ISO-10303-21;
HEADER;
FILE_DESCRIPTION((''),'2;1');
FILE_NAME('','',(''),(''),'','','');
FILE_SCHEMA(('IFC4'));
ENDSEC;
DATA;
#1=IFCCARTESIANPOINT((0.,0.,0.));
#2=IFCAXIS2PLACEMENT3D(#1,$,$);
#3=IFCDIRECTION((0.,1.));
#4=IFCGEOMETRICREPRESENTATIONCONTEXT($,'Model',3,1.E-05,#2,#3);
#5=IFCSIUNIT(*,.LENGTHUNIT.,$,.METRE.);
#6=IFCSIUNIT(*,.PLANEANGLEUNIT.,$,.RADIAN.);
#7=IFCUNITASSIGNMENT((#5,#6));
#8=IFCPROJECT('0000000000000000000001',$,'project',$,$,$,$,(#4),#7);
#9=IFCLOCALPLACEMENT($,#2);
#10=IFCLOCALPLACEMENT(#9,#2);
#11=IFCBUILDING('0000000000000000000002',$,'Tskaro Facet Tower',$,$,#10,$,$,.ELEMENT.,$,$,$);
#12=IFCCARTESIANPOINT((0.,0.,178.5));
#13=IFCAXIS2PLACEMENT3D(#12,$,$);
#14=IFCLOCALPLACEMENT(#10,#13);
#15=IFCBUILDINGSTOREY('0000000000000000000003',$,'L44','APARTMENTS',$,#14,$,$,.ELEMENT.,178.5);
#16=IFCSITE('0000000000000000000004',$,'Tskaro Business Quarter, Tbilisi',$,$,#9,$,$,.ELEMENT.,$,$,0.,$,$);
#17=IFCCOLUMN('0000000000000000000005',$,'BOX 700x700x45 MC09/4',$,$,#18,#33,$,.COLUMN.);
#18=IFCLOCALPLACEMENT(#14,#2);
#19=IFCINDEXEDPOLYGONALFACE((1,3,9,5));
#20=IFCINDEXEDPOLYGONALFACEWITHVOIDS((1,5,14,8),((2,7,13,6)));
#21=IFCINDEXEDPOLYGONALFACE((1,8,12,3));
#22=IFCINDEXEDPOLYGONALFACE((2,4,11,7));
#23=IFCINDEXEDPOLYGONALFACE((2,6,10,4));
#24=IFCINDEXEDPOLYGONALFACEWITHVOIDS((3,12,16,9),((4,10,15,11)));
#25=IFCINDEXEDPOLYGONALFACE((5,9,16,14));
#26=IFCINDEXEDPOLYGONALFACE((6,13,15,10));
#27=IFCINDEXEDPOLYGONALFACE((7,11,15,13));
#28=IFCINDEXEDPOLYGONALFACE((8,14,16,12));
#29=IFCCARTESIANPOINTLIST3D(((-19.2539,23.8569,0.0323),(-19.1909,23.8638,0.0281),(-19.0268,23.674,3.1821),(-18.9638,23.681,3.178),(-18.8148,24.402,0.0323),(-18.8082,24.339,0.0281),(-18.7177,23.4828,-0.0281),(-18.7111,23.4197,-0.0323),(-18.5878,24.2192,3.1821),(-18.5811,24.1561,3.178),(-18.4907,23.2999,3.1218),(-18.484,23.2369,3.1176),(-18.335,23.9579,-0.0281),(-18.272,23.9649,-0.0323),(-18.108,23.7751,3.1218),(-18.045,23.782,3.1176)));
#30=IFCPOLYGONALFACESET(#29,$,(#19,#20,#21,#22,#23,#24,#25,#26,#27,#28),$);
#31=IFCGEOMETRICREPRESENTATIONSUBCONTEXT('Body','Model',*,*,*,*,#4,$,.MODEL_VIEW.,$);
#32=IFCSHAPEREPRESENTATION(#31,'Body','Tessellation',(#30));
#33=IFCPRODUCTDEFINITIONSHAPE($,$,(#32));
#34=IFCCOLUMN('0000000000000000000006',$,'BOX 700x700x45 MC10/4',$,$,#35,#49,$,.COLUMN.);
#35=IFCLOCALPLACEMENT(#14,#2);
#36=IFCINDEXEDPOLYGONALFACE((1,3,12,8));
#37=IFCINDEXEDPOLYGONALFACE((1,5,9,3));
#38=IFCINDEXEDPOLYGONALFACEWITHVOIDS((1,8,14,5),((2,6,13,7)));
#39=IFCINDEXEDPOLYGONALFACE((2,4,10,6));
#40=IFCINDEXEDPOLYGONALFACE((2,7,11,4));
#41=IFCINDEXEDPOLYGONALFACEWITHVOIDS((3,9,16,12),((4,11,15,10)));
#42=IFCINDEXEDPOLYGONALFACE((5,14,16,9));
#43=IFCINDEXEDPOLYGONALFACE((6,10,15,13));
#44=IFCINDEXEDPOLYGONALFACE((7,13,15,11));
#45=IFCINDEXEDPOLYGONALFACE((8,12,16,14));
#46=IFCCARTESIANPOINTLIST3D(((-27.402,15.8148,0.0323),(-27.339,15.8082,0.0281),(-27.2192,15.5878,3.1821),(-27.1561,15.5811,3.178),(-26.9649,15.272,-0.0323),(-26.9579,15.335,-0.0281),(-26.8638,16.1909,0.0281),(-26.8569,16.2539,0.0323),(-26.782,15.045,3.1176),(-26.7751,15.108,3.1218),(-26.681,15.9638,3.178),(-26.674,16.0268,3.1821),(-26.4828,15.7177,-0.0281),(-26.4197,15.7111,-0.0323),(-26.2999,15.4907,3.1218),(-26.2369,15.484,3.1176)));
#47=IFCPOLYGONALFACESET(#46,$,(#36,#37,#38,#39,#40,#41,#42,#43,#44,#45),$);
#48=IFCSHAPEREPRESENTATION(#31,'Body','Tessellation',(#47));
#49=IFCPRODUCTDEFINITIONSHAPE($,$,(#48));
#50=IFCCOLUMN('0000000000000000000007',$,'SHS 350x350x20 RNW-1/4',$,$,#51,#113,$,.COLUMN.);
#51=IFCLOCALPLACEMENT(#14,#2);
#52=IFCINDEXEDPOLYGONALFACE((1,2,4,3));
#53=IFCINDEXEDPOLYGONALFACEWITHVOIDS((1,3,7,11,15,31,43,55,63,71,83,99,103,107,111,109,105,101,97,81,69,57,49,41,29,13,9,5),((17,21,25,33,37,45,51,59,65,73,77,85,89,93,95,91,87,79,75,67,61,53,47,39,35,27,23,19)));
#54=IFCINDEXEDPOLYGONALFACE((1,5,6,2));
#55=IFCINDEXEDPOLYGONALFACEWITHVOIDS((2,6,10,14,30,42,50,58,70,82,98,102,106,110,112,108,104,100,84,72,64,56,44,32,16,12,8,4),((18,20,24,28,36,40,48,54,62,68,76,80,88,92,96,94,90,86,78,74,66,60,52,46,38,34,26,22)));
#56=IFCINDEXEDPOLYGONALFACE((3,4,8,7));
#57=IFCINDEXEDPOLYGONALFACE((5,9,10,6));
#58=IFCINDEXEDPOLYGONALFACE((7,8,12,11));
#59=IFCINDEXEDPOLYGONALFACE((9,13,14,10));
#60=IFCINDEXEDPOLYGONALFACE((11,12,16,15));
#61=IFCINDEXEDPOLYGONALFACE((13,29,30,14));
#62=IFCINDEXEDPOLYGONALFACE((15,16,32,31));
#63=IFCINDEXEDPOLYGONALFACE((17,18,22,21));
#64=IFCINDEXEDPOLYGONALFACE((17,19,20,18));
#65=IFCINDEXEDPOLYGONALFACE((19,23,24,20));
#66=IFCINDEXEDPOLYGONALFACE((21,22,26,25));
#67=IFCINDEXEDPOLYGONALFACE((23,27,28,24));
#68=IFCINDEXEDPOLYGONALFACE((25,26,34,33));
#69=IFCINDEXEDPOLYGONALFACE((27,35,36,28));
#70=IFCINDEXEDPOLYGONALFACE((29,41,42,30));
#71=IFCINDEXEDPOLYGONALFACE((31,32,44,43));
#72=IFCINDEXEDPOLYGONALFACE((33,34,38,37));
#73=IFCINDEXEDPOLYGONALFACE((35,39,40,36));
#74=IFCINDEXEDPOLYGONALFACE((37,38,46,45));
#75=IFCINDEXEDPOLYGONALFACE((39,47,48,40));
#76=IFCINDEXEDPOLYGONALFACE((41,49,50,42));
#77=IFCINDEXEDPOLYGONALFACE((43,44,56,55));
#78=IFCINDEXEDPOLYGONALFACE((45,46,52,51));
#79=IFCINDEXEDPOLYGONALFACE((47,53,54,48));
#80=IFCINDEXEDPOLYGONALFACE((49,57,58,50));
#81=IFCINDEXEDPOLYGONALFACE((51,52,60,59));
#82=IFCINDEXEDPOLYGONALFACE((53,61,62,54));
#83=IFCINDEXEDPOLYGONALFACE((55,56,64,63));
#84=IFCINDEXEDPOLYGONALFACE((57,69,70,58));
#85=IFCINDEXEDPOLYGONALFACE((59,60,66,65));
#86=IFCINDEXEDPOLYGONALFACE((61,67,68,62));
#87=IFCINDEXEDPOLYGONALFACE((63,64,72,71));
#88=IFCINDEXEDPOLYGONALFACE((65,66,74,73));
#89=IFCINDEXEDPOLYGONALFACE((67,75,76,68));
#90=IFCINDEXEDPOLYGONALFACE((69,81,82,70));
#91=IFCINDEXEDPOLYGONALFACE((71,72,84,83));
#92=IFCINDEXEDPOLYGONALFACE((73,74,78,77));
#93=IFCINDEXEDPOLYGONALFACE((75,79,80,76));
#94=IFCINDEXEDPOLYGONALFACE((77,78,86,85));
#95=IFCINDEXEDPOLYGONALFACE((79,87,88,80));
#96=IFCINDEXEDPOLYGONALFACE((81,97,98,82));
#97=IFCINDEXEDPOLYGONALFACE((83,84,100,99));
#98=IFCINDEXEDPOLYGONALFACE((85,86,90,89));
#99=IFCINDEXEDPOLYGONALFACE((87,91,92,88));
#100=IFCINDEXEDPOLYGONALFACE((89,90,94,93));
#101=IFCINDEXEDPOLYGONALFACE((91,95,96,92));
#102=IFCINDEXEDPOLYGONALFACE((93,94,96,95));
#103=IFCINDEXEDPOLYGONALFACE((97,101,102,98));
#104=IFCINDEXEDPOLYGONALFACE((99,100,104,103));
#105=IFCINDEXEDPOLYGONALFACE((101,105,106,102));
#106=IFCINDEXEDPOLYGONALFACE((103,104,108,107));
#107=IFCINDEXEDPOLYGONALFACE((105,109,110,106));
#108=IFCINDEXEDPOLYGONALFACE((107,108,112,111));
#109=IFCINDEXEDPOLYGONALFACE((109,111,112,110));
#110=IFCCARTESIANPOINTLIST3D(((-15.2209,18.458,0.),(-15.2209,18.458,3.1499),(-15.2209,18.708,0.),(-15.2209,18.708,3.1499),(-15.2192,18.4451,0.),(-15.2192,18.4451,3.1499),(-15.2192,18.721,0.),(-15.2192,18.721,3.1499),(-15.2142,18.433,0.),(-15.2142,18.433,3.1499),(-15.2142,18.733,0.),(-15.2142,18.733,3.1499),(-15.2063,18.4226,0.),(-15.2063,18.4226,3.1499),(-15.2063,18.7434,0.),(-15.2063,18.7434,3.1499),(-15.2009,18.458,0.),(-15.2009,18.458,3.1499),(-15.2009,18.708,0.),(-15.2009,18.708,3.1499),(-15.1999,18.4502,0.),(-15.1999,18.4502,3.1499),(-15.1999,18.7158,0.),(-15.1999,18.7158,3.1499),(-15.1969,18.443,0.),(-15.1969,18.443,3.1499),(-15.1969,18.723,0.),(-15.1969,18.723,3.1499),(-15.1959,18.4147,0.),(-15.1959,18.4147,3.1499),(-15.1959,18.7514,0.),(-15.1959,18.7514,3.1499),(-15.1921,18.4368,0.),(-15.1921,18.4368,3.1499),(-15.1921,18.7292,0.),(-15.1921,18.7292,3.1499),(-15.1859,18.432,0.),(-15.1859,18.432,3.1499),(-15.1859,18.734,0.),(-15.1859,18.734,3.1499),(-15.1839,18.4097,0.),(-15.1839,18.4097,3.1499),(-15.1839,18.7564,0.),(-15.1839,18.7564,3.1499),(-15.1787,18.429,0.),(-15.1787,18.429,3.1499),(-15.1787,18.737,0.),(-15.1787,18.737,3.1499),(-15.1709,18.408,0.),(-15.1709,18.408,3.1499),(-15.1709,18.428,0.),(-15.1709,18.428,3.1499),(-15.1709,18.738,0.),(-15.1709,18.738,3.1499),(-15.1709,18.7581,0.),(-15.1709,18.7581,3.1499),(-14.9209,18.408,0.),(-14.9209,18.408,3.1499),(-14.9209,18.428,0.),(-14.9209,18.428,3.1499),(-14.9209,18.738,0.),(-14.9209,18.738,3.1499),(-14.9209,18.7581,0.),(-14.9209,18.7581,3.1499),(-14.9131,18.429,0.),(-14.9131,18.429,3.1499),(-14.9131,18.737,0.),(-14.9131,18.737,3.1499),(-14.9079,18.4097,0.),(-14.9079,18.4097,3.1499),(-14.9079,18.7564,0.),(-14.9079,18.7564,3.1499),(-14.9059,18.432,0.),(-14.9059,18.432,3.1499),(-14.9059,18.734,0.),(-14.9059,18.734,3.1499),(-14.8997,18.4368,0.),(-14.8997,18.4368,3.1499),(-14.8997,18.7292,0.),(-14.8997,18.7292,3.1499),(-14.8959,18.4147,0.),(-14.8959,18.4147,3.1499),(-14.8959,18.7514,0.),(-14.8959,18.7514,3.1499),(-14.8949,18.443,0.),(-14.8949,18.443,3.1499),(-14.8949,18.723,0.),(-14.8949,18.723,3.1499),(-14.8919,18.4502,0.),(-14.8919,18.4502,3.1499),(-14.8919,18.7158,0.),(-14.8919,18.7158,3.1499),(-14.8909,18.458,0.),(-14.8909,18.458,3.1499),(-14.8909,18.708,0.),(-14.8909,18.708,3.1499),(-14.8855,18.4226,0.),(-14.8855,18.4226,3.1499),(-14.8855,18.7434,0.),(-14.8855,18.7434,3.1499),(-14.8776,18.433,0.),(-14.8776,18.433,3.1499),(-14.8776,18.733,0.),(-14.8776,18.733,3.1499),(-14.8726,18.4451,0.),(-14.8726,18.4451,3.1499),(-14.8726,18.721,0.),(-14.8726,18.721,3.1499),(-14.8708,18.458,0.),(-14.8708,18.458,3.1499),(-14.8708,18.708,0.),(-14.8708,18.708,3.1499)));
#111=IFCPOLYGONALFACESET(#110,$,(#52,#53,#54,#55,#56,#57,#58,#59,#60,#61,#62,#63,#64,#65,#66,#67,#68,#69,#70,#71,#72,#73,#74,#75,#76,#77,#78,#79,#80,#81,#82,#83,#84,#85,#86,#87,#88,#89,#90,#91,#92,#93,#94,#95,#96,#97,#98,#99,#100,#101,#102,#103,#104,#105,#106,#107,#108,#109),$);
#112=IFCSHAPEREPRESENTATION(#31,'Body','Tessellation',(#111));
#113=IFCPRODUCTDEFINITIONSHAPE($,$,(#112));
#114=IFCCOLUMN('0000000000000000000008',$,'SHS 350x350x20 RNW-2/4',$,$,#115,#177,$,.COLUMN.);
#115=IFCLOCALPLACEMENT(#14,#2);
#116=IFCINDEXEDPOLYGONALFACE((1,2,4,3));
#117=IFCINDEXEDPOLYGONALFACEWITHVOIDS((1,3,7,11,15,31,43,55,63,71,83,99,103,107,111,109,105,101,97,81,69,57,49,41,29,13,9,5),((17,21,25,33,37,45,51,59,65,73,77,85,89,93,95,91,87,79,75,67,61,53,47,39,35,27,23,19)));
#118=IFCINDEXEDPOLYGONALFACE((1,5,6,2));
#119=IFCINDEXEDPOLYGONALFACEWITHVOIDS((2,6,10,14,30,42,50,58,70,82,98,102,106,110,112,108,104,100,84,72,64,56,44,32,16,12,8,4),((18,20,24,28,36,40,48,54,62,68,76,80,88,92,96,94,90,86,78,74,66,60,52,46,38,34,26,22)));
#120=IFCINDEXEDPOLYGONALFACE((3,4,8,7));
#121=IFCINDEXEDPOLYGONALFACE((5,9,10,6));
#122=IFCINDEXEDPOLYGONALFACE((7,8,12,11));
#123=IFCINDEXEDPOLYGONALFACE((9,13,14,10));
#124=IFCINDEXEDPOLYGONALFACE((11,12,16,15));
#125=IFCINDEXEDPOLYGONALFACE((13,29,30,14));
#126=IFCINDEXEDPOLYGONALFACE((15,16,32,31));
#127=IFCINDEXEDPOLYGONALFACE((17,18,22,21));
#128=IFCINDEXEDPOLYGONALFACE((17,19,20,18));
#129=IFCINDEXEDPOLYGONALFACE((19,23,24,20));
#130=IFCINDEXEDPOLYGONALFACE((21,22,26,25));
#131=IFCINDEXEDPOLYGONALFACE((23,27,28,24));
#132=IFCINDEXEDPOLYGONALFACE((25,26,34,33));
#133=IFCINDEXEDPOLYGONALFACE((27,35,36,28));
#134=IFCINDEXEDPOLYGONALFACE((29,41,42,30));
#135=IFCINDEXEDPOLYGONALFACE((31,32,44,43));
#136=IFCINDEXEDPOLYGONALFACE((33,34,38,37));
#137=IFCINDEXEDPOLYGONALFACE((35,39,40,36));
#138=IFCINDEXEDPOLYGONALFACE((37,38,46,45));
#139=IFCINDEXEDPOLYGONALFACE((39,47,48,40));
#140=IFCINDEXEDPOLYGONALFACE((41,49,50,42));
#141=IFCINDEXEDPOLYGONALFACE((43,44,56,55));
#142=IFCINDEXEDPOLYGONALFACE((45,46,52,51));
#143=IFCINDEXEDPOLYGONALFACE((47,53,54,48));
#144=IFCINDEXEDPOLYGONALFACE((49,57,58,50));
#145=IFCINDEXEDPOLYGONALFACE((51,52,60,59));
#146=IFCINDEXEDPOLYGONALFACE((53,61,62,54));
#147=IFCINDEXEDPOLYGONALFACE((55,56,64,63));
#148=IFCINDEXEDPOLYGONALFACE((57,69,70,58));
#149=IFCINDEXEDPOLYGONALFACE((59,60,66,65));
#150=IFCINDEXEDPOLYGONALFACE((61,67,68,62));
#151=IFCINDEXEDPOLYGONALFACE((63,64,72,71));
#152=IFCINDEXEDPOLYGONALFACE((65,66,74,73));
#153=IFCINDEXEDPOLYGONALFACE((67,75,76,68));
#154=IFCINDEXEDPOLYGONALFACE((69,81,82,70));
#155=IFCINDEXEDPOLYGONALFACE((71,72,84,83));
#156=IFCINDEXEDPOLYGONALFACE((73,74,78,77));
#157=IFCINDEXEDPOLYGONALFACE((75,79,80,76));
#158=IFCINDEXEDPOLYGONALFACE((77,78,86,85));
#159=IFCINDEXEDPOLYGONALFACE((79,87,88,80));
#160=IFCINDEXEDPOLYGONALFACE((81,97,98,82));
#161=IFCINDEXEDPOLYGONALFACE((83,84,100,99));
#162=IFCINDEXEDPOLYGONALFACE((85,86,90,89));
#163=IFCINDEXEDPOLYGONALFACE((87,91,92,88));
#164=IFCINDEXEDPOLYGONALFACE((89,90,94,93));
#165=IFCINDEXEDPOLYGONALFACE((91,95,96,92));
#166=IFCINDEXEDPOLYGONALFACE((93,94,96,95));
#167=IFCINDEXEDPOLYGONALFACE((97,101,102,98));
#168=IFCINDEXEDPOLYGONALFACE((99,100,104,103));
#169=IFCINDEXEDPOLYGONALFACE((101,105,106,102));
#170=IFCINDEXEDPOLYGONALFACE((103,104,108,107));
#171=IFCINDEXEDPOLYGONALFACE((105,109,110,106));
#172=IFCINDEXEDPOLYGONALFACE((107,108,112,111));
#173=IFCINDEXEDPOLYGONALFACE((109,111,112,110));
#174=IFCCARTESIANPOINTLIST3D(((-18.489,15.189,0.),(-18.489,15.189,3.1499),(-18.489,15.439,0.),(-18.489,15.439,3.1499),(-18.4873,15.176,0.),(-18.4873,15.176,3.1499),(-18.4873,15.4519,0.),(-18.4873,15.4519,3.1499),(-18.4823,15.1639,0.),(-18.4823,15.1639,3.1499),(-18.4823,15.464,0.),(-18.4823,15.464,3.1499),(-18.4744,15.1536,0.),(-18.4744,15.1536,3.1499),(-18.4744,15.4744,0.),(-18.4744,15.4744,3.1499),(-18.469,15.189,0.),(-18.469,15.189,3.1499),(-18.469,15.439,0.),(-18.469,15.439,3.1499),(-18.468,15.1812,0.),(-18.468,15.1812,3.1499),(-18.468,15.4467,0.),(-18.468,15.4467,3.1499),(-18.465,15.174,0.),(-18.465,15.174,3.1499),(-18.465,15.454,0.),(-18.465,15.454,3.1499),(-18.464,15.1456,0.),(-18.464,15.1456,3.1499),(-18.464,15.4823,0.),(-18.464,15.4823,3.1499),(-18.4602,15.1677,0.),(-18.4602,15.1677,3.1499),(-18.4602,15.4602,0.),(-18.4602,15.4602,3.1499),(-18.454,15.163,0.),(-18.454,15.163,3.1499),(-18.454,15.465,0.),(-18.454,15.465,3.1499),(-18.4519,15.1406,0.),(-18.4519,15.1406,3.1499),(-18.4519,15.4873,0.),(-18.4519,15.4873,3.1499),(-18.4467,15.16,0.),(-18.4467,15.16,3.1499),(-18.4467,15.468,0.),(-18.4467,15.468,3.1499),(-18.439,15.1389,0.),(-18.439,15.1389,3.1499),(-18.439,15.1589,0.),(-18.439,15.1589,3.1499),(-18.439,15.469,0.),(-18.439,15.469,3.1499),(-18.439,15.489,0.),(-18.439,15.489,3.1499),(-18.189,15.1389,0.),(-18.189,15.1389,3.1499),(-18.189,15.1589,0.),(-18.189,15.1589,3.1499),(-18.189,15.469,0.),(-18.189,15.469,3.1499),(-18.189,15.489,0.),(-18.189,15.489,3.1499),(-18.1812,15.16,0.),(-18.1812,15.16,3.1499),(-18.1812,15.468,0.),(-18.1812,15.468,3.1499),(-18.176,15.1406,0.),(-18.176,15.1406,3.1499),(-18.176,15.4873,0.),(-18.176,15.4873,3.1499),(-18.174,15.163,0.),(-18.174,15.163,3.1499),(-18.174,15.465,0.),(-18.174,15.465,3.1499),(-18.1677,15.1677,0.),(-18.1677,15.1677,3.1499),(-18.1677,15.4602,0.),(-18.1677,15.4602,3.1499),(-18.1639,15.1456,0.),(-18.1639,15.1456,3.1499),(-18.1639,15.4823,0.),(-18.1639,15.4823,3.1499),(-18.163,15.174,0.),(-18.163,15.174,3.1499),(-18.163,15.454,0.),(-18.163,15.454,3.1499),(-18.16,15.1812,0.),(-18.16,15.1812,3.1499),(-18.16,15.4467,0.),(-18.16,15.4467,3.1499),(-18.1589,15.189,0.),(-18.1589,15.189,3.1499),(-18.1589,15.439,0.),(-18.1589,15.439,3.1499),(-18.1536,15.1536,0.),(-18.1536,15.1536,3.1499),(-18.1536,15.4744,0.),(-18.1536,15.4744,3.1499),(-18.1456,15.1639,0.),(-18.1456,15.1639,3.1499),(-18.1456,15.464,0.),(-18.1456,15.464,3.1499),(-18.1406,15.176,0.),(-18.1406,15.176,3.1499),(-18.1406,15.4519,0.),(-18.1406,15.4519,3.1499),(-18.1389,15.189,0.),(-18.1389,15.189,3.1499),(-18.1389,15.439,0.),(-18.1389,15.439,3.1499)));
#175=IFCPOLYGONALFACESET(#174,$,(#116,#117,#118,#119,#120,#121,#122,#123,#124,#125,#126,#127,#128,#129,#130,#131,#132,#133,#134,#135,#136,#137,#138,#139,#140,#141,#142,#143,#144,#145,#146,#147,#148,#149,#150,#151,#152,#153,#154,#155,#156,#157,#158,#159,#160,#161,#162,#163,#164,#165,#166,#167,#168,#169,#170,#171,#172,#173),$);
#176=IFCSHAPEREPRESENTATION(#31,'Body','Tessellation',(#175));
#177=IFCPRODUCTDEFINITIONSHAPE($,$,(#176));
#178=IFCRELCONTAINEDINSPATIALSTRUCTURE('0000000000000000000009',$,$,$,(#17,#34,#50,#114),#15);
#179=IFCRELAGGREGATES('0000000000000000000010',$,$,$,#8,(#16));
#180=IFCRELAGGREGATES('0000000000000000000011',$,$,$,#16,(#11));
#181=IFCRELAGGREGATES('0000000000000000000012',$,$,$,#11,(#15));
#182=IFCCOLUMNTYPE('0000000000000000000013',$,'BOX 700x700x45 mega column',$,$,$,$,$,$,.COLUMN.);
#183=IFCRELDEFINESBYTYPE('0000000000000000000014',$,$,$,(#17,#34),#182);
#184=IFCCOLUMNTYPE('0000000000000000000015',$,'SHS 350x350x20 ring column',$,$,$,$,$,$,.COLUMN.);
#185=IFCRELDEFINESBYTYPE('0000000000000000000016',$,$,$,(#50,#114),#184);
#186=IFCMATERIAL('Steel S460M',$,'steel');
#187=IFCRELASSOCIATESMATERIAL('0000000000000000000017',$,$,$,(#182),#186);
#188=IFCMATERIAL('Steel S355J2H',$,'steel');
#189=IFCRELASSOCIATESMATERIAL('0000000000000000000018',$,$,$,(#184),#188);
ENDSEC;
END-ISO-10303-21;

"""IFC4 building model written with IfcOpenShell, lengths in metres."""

from ifc_helpers import new_model, si_unit, direction, frame, origin, origin_2d, place, context, subcontext, project, spatial, hollow_rectangle, extrude, material, material_profile, profile_set, type_object, element, save


model = new_model("IFC4")

# Units and contexts
model_context = context("Model", 3, precision=1e-05, world=origin(), true_north=direction((0.0, 1.0)))
body_context = subcontext(model_context, "Body", "Model", "MODEL_VIEW")
ifc_project = project(units=[si_unit("LENGTHUNIT", "METRE"), si_unit("PLANEANGLEUNIT", "RADIAN")], contexts=[model_context])

# Site, building, storey
site_placement = place(None, origin())
site = spatial("IfcSite", under=ifc_project, at=site_placement, Name="Tskaro Business Quarter, Tbilisi", CompositionType="ELEMENT", RefElevation=0.0)
building_placement = place(site_placement, origin())
building = spatial("IfcBuilding", under=site, at=building_placement, Name="Tskaro Facet Tower", CompositionType="ELEMENT")
storey_placement = place(building_placement, frame((0.0, 0.0, 178.5)))
storey = spatial("IfcBuildingStorey", under=building, at=storey_placement, Name="L44", Description="APARTMENTS", CompositionType="ELEMENT", Elevation=178.5)

# Columns
ifc_material_1 = material(Name="Steel S460M", Category="steel")
ifc_material_profile_1 = material_profile(ifc_material_1, hollow_rectangle(XDim=0.7, YDim=0.7, WallThickness=0.0449, at=origin_2d()), Name="BOX 700x700x45")
ifc_profile_set_1 = profile_set([ifc_material_profile_1], Name="Steel S460M")
column_type_1 = type_object("IfcColumnType", Name="BOX 700x700x45 mega column", PredefinedType="COLUMN", material=ifc_profile_set_1)
for number, where, z_axis, x_axis, name in (
    (1, (-18.7629, 23.9109, 0.0), (0.071775, -0.057806, 0.995744), (0.627245, 0.778822, 0.0), "BOX 700x700x45 MC09/4"),
    (2, (-26.9109, 15.7629, 0.0), (0.057806, -0.071775, 0.995744), (0.778822, 0.627245, 0.0), "BOX 700x700x45 MC10/4"),
):
    element("IfcColumn", number, at=place(storey_placement, frame(where, z_axis=z_axis, x_axis=x_axis)), inside=storey, type_object=column_type_1, Name=name, PredefinedType="COLUMN", context=body_context, shape_type="SweptSolid", body=[
        extrude(hollow_rectangle(XDim=0.7, YDim=0.7, WallThickness=0.0449, at=origin_2d()), origin(), (0.0, 0.0, 1.0), 3.1633),
    ])
ifc_material_2 = material(Name="Steel S355J2H", Category="steel")
ifc_material_profile_2 = material_profile(ifc_material_2, hollow_rectangle(XDim=0.3501, YDim=0.3501, WallThickness=0.02, InnerFilletRadius=0.03, OuterFilletRadius=0.05, at=origin_2d()), Name="SHS 350x350x20")
ifc_profile_set_2 = profile_set([ifc_material_profile_2], Name="Steel S355J2H")
column_type_2 = type_object("IfcColumnType", Name="SHS 350x350x20 ring column", PredefinedType="COLUMN", material=ifc_profile_set_2)
for number, where, z_axis, x_axis, name in (
    (3, (-15.0459, 18.583, 0.0), (0.0, 0.0, 1.0), (1.0, 0.0, 0.0), "SHS 350x350x20 RNW-1/4"),
    (4, (-18.314, 15.314, 0.0), (0.0, 0.0, 1.0), (1.0, 0.0, 0.0), "SHS 350x350x20 RNW-2/4"),
):
    element("IfcColumn", number, at=place(storey_placement, frame(where, z_axis=z_axis, x_axis=x_axis)), inside=storey, type_object=column_type_2, Name=name, PredefinedType="COLUMN", context=body_context, shape_type="SweptSolid", body=[
        extrude(hollow_rectangle(XDim=0.3501, YDim=0.3501, WallThickness=0.02, InnerFilletRadius=0.03, OuterFilletRadius=0.05, at=origin_2d()), origin(), (0.0, 0.0, 1.0), 3.1499),
    ])

save(model, "model.ifc")
